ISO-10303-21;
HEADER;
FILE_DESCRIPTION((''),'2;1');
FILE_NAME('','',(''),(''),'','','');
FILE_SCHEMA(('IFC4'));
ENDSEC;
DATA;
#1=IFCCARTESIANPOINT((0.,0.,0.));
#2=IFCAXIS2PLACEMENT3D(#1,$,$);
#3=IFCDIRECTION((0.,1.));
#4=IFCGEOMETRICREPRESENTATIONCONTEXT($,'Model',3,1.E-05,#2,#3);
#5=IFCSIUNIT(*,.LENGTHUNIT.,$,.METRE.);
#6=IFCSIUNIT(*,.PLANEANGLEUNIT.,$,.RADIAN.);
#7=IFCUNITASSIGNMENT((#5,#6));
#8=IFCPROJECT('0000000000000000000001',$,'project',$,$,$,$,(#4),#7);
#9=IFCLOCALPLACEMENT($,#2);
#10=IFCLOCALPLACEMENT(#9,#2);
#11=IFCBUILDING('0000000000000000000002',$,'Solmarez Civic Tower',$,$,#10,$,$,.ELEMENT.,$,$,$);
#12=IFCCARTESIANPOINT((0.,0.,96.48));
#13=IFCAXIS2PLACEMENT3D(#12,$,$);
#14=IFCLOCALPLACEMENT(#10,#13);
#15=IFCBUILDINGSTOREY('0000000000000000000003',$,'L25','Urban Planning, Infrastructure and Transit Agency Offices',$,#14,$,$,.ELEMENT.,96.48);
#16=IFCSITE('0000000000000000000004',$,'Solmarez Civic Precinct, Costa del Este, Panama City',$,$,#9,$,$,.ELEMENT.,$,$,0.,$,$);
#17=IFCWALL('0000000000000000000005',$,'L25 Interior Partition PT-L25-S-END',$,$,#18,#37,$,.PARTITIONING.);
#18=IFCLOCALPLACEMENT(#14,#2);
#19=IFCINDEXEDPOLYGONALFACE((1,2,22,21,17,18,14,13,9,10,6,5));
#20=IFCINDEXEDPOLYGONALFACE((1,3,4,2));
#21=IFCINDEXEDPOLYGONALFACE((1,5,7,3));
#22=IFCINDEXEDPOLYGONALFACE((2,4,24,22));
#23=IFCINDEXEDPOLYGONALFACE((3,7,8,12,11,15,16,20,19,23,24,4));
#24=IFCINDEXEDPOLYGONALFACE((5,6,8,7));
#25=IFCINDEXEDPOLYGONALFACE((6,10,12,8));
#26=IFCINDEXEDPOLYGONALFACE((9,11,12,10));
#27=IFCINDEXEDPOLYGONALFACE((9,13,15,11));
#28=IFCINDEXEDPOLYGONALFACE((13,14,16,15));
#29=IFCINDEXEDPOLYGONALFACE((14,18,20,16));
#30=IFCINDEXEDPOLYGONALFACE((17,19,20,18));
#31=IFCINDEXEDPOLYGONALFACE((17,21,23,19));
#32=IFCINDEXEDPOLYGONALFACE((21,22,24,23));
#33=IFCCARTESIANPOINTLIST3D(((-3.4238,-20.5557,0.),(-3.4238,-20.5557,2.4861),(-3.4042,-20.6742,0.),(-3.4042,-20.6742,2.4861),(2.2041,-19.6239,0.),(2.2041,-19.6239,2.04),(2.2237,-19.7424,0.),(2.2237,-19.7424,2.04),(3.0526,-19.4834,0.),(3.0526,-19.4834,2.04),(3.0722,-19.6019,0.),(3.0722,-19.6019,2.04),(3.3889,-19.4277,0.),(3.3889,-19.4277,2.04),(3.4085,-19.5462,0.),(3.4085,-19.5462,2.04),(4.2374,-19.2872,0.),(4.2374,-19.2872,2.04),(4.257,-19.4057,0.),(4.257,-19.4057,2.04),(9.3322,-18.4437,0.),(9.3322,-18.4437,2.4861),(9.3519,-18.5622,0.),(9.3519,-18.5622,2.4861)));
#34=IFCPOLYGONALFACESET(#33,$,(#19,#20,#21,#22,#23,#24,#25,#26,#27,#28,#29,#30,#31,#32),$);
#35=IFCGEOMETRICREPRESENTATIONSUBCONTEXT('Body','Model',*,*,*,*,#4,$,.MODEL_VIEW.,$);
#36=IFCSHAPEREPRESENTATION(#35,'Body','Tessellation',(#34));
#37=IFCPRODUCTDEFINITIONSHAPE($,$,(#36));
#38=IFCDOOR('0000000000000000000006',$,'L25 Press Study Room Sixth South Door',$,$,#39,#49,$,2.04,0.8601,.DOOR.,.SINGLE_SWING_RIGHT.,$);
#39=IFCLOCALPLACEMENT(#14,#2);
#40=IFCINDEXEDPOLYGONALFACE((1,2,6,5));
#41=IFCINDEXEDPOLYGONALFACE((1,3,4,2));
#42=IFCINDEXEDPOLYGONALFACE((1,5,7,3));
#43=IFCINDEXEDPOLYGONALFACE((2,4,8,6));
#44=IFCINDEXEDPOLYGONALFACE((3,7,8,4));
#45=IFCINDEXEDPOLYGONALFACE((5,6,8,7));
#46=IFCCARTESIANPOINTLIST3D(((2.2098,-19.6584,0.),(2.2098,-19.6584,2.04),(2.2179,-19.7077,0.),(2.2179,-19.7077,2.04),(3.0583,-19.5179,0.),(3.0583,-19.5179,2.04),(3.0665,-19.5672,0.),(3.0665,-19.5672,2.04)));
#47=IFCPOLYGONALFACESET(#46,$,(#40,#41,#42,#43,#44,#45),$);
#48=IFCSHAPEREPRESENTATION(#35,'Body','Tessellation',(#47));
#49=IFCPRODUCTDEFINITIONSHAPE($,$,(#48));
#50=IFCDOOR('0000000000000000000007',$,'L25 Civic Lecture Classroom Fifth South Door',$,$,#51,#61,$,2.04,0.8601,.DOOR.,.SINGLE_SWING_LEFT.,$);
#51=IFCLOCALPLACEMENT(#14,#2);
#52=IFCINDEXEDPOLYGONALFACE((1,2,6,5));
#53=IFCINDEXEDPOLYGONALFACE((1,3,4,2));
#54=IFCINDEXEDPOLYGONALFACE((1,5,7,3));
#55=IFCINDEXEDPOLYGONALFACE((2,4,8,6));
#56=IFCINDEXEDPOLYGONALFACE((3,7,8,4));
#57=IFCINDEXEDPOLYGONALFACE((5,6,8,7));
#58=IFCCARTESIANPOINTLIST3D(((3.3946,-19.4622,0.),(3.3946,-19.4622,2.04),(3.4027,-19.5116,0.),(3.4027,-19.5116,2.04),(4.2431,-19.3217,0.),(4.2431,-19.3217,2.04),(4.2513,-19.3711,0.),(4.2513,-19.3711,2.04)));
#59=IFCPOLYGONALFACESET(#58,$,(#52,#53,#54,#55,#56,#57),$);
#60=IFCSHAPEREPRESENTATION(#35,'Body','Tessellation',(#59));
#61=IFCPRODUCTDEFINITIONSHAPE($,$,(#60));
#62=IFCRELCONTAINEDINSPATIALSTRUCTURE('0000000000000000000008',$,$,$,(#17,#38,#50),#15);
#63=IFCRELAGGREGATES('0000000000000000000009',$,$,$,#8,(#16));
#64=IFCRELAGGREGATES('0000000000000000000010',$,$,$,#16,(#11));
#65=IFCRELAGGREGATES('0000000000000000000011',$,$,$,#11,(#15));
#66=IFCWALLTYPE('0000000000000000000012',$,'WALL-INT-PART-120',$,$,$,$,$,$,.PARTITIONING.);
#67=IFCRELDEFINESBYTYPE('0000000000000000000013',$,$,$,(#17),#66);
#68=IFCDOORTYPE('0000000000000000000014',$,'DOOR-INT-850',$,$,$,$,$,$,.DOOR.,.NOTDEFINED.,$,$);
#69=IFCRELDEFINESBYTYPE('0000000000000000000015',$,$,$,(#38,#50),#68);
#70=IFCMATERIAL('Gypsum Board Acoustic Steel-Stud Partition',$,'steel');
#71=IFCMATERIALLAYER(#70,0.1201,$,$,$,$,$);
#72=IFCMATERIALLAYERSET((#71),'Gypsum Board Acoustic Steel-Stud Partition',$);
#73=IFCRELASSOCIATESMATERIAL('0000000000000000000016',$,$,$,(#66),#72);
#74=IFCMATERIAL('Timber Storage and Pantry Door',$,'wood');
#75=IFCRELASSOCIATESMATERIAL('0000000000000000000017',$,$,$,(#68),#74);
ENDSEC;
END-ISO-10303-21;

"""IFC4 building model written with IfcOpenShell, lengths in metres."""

from ifc_helpers import new_model, si_unit, direction, frame, frame_2d, origin, place, context, subcontext, project, spatial, rectangle, extrude, material, layer, layer_set, type_object, element, fill, save


model = new_model("IFC4")

# Units and contexts
model_context = context("Model", 3, precision=1e-05, world=origin(), true_north=direction((0.0, 1.0)))
body_context = subcontext(model_context, "Body", "Model", "MODEL_VIEW")
ifc_project = project(units=[si_unit("LENGTHUNIT", "METRE"), si_unit("PLANEANGLEUNIT", "RADIAN")], contexts=[model_context])

# Site, building, storey
site_placement = place(None, origin())
site = spatial("IfcSite", under=ifc_project, at=site_placement, Name="Solmarez Civic Precinct, Costa del Este, Panama City", CompositionType="ELEMENT", RefElevation=0.0)
building_placement = place(site_placement, origin())
building = spatial("IfcBuilding", under=site, at=building_placement, Name="Solmarez Civic Tower", CompositionType="ELEMENT")
storey_placement = place(building_placement, frame((0.0, 0.0, 96.48)))
storey = spatial("IfcBuildingStorey", under=building, at=storey_placement, Name="L25", Description="Urban Planning, Infrastructure and Transit Agency Offices", CompositionType="ELEMENT", Elevation=96.48)

# Shared definitions
ifc_material_1 = material(Name="Gypsum Board Acoustic Steel-Stud Partition", Category="steel")
ifc_layer_1 = layer(ifc_material_1, 0.1201)
ifc_layer_set_1 = layer_set([ifc_layer_1], Name="Gypsum Board Acoustic Steel-Stud Partition")
wall_type_1 = type_object("IfcWallType", Name="WALL-INT-PART-120", PredefinedType="PARTITIONING", material=ifc_layer_set_1)

# Wall, openings, doors
wall_1_placement = place(storey_placement, frame((9.342, -18.5029, 0.0), z_axis=(0.0, 0.0, 1.0), x_axis=(-0.986568, -0.163349, 0.0)))
wall_1 = element("IfcWall", 1, at=wall_1_placement, inside=storey, type_object=wall_type_1, Name="L25 Interior Partition PT-L25-S-END", PredefinedType="PARTITIONING", context=body_context, shape_type="SweptSolid", body=[
    extrude(rectangle(XDim=12.9297, YDim=0.1201, at=frame_2d((6.4648, 0.0))), origin(), (0.0, 0.0, 1.0), 2.4861),
])
opening_1_placement = place(wall_1_placement, frame((6.365, 0.0, 0.0)))
opening_1 = element("IfcOpeningElement", 2, at=opening_1_placement, cuts=wall_1, PredefinedType="OPENING", context=body_context, shape_type="SweptSolid", body=[
    extrude(rectangle(XDim=0.8601, YDim=2.04, at=frame_2d((0.4302, 1.02))), frame((0.0, 0.0701, 0.0), z_axis=(0.0, -1.0, 0.0), x_axis=(1.0, 0.0, 0.0)), (0.0, 0.0, 1.0), 0.1401),
])
opening_2_placement = place(wall_1_placement, frame((5.1641, 0.0, 0.0)))
opening_2 = element("IfcOpeningElement", 3, at=opening_2_placement, cuts=wall_1, PredefinedType="OPENING", context=body_context, shape_type="SweptSolid", body=[
    extrude(rectangle(XDim=0.8601, YDim=2.04, at=frame_2d((0.4302, 1.02))), frame((0.0, 0.0701, 0.0), z_axis=(0.0, -1.0, 0.0), x_axis=(1.0, 0.0, 0.0)), (0.0, 0.0, 1.0), 0.1401),
])
ifc_material_2 = material(Name="Timber Storage and Pantry Door", Category="wood")
door_type = type_object("IfcDoorType", Name="DOOR-INT-850", OperationType="NOTDEFINED", PredefinedType="DOOR", material=ifc_material_2)
door_1_placement = place(opening_1_placement, origin())
door_1 = element("IfcDoor", 4, at=door_1_placement, inside=storey, type_object=door_type, Name="L25 Press Study Room Sixth South Door", OperationType="SINGLE_SWING_RIGHT", OverallHeight=2.04, OverallWidth=0.8601, PredefinedType="DOOR", context=body_context, shape_type="SweptSolid", body=[
    extrude(rectangle(XDim=0.8601, YDim=2.04, at=frame_2d((0.4302, 1.02))), frame((0.0, 0.0249, 0.0), z_axis=(0.0, -1.0, 0.0), x_axis=(1.0, 0.0, 0.0)), (0.0, 0.0, 1.0), 0.05),
])
fill(opening_1, door_1)
door_2_placement = place(opening_2_placement, origin())
door_2 = element("IfcDoor", 5, at=door_2_placement, inside=storey, type_object=door_type, Name="L25 Civic Lecture Classroom Fifth South Door", OperationType="SINGLE_SWING_LEFT", OverallHeight=2.04, OverallWidth=0.8601, PredefinedType="DOOR", context=body_context, shape_type="SweptSolid", body=[
    extrude(rectangle(XDim=0.8601, YDim=2.04, at=frame_2d((0.4302, 1.02))), frame((0.0, 0.0249, 0.0), z_axis=(0.0, -1.0, 0.0), x_axis=(1.0, 0.0, 0.0)), (0.0, 0.0, 1.0), 0.05),
])
fill(opening_2, door_2)

save(model, "model.ifc")
